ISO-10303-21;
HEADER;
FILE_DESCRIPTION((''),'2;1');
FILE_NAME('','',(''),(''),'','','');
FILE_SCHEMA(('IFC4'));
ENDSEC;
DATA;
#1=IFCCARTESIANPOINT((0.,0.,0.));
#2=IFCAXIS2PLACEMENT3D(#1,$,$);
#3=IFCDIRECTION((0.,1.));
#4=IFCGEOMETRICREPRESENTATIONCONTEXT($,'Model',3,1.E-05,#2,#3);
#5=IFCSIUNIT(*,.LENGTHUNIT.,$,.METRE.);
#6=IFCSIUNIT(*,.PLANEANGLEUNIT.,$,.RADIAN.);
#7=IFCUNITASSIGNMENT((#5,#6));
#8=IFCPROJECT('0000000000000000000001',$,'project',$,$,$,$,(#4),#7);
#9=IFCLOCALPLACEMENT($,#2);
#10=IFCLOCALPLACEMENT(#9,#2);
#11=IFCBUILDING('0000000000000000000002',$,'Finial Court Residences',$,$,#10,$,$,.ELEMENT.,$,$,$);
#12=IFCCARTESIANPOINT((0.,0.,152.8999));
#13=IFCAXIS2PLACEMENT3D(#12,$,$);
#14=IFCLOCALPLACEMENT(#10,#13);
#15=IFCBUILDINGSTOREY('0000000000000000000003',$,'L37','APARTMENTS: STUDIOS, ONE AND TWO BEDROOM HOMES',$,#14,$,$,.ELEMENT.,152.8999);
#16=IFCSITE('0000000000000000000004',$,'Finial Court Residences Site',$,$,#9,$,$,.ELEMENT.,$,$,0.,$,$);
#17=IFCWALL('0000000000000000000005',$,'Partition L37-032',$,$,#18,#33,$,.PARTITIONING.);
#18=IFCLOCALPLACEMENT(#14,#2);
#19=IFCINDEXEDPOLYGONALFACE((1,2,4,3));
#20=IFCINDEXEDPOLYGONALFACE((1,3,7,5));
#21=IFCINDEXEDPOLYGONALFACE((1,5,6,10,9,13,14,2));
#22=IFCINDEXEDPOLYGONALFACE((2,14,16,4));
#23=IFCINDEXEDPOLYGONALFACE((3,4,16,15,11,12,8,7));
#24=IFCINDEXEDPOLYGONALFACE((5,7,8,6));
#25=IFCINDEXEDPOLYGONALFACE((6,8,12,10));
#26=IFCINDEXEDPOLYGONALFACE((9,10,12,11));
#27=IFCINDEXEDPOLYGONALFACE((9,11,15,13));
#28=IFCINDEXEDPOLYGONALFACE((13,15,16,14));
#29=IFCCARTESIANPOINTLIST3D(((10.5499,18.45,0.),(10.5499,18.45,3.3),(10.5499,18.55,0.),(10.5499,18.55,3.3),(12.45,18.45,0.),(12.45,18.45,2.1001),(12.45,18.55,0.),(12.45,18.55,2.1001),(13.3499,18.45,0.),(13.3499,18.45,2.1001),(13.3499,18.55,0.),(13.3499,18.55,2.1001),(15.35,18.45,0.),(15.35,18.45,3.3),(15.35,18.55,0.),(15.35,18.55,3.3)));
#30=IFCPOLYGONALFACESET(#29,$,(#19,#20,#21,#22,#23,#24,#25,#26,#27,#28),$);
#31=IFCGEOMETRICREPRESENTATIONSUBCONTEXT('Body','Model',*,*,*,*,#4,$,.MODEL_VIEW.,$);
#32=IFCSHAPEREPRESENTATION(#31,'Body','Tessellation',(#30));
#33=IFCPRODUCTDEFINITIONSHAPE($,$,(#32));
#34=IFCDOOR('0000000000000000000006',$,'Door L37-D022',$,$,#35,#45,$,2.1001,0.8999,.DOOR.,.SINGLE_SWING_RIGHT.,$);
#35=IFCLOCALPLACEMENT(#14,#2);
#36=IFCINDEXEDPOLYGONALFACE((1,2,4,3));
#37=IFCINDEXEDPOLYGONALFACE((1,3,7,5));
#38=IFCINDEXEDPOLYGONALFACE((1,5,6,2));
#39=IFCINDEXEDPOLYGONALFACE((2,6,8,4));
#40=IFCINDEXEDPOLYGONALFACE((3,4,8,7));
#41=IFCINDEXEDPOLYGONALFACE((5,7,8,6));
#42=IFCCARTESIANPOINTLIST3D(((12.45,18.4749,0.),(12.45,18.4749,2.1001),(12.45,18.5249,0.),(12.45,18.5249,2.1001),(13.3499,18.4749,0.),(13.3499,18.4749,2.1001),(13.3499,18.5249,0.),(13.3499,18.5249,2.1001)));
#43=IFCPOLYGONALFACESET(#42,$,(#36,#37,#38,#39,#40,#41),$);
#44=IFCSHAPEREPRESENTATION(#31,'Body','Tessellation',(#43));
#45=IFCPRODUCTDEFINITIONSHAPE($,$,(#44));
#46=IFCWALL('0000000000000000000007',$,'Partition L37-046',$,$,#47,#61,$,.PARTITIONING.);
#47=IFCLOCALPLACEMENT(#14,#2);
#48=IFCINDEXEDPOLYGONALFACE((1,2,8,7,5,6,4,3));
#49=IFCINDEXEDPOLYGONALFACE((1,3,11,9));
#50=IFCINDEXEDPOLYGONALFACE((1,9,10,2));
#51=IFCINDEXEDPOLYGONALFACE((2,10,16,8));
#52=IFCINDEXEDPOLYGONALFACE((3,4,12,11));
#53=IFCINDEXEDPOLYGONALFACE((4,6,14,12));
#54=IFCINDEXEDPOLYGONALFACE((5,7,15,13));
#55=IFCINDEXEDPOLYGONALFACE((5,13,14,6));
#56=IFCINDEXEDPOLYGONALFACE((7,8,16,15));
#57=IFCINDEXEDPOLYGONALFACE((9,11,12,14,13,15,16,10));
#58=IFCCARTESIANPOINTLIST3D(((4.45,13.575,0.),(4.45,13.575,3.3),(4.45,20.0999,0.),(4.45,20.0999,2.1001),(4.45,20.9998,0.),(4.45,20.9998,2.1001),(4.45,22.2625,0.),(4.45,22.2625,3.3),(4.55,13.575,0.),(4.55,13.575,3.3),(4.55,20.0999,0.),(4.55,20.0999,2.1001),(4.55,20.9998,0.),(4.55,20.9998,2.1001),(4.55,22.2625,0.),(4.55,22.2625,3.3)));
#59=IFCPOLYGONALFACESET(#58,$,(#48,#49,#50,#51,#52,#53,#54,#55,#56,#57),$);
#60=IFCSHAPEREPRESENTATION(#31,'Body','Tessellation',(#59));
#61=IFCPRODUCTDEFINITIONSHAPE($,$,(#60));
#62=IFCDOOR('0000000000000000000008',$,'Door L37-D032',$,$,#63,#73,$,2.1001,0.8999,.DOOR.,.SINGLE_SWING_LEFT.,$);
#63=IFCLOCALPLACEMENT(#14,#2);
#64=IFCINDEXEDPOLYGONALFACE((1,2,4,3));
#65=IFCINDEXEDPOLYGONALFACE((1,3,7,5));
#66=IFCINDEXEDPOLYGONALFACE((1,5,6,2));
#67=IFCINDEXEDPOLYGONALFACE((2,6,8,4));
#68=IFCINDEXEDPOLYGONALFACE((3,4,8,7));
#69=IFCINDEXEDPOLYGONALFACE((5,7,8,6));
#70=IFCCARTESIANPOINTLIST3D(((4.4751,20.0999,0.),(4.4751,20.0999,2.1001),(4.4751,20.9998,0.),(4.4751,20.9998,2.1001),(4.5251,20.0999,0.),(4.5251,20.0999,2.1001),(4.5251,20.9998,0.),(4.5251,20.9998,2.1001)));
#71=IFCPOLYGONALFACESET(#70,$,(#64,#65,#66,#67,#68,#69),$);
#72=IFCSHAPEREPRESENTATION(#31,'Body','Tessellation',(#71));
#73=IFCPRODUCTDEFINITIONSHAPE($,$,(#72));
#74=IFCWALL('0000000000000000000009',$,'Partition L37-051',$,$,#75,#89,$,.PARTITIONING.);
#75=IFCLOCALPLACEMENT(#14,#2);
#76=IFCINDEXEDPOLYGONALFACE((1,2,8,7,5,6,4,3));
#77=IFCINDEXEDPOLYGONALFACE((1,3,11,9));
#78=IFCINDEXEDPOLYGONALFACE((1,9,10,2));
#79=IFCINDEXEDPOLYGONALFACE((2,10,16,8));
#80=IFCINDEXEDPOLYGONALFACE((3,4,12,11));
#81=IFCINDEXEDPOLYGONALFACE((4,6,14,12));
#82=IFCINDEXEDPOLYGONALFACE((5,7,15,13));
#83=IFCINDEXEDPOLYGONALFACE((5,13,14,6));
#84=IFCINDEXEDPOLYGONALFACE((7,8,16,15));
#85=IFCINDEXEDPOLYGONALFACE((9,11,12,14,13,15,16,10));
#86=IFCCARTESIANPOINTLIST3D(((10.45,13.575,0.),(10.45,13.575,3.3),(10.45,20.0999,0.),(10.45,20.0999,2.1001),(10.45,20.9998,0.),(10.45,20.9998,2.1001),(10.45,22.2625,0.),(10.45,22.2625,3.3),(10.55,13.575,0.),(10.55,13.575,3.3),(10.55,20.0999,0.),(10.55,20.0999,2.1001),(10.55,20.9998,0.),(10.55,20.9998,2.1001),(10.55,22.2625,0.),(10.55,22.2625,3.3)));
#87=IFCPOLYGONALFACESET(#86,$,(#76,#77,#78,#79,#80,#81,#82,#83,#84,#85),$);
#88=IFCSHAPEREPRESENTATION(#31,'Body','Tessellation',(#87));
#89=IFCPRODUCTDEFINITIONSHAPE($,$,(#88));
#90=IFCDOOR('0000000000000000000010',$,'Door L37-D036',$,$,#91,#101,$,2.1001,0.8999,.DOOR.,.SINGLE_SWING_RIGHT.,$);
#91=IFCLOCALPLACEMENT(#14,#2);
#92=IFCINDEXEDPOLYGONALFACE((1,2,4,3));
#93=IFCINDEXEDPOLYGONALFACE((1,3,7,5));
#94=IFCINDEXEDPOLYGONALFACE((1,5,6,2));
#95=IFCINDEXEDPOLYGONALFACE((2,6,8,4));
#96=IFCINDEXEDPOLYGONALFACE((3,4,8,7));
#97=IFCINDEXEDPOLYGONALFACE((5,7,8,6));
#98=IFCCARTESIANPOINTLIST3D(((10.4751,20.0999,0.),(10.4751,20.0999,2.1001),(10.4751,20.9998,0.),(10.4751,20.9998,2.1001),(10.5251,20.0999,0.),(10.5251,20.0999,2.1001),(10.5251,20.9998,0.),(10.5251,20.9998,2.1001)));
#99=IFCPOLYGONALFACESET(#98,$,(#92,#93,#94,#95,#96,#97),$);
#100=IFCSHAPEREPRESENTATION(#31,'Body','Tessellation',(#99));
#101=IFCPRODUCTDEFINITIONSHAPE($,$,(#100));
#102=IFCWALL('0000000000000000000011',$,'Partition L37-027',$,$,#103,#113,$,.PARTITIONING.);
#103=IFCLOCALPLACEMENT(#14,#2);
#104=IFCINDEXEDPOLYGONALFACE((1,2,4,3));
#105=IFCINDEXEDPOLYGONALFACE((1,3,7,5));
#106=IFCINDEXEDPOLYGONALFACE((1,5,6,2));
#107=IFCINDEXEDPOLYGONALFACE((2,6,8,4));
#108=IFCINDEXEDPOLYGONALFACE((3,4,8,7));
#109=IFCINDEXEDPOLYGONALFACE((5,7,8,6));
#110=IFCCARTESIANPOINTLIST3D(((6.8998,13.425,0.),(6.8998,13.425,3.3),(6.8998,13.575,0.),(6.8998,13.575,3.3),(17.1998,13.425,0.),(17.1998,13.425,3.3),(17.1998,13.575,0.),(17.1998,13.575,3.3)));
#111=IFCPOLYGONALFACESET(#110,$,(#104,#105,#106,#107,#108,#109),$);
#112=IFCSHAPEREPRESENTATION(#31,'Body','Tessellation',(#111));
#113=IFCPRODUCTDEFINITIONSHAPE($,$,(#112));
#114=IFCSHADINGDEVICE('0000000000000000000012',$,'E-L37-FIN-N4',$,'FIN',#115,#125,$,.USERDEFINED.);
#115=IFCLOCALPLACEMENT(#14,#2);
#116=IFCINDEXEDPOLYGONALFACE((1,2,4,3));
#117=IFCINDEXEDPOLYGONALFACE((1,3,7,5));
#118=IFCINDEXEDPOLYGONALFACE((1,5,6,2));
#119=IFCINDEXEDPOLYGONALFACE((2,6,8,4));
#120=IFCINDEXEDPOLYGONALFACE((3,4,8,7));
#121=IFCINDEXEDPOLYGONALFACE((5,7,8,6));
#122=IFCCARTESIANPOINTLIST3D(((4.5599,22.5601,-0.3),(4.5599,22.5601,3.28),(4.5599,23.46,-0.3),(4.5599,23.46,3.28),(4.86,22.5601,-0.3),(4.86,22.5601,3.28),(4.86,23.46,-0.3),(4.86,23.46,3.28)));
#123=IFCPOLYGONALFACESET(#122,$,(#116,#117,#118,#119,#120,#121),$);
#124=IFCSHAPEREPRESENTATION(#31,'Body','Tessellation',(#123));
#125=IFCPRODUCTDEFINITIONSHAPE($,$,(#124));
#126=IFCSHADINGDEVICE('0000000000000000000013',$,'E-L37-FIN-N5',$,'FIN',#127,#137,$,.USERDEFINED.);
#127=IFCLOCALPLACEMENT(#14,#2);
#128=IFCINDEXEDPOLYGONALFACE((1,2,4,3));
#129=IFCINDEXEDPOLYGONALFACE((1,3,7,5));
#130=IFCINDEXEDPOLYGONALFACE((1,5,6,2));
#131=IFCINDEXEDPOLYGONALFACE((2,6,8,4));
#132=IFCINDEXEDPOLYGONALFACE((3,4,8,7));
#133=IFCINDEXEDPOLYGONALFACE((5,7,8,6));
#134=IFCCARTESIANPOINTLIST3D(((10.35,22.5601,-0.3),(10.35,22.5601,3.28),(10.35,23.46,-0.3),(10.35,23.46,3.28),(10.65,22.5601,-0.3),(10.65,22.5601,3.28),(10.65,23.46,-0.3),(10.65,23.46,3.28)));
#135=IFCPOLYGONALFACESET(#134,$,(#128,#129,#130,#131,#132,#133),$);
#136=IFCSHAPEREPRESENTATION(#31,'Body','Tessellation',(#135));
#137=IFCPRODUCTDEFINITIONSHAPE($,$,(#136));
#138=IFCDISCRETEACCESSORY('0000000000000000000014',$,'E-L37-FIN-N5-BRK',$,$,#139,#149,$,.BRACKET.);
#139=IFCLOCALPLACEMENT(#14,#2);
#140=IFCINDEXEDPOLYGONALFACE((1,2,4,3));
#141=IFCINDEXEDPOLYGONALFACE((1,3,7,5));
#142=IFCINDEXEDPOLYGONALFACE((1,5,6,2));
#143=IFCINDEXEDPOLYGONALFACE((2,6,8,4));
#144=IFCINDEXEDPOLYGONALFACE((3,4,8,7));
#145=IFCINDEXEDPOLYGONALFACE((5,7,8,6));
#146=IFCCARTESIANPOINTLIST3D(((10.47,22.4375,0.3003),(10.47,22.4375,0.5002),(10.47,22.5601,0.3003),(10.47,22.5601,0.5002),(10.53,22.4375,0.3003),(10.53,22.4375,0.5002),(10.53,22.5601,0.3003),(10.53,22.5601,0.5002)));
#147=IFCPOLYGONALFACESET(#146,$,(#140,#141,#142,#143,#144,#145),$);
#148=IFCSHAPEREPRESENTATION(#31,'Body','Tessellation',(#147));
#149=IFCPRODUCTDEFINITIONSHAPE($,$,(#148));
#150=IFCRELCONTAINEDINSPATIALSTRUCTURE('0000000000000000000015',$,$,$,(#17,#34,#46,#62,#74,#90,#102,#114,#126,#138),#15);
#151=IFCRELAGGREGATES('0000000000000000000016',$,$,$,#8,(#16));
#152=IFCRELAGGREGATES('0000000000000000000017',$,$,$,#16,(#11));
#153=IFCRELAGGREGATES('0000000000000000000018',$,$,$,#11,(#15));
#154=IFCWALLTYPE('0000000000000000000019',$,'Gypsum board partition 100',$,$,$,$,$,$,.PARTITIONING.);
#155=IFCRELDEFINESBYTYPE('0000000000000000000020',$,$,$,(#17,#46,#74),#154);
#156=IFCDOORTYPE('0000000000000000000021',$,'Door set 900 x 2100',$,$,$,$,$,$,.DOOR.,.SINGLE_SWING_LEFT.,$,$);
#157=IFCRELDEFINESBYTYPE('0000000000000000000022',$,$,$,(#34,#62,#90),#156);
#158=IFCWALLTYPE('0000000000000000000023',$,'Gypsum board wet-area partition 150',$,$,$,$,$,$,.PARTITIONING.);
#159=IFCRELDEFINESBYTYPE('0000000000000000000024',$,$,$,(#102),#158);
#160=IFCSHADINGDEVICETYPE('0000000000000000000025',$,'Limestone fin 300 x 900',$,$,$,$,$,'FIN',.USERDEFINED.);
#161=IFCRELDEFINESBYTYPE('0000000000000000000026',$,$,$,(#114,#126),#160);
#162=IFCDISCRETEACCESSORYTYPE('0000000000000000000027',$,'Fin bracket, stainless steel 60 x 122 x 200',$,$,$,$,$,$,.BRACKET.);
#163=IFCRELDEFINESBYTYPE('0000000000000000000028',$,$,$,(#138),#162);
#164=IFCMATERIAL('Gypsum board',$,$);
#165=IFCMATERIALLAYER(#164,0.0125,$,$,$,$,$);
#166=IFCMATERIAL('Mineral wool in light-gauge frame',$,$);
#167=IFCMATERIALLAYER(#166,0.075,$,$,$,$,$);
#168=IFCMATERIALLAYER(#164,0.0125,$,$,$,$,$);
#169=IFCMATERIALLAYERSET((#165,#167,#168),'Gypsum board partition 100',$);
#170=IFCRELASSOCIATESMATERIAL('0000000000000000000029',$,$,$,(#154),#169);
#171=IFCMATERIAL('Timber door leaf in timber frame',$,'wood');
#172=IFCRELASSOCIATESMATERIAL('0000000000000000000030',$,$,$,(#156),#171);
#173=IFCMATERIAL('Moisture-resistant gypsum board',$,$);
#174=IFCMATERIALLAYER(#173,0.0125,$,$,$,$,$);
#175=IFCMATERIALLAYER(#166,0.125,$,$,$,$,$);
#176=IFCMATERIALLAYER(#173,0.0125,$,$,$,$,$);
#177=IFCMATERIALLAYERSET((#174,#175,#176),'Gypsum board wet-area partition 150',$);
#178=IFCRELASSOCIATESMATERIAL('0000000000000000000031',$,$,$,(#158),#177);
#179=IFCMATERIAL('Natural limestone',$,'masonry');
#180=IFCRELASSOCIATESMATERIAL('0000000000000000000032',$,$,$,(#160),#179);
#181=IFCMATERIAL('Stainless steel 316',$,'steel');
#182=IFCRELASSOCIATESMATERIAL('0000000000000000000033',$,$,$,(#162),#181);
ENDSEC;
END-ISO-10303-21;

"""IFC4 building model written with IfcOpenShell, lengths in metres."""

from ifc_helpers import new_model, si_unit, direction, frame, frame_2d, origin, origin_2d, place, context, subcontext, project, spatial, rectangle, extrude, material, layer, layer_set, type_object, element, fill, save


model = new_model("IFC4")

# Units and contexts
model_context = context("Model", 3, precision=1e-05, world=origin(), true_north=direction((0.0, 1.0)))
body_context = subcontext(model_context, "Body", "Model", "MODEL_VIEW")
ifc_project = project(units=[si_unit("LENGTHUNIT", "METRE"), si_unit("PLANEANGLEUNIT", "RADIAN")], contexts=[model_context])

# Site, building, storey
site_placement = place(None, origin())
site = spatial("IfcSite", under=ifc_project, at=site_placement, Name="Finial Court Residences Site", CompositionType="ELEMENT", RefElevation=0.0)
building_placement = place(site_placement, origin())
building = spatial("IfcBuilding", under=site, at=building_placement, Name="Finial Court Residences", CompositionType="ELEMENT")
storey_placement = place(building_placement, frame((0.0, 0.0, 152.8999)))
storey = spatial("IfcBuildingStorey", under=building, at=storey_placement, Name="L37", Description="APARTMENTS: STUDIOS, ONE AND TWO BEDROOM HOMES", CompositionType="ELEMENT", Elevation=152.8999)

# Walls, openings, doors
ifc_material_1 = material(Name="Gypsum board")
ifc_layer_1 = layer(ifc_material_1, 0.0125)
ifc_material_2 = material(Name="Mineral wool in light-gauge frame")
ifc_layer_2 = layer(ifc_material_2, 0.075)
ifc_layer_3 = layer(ifc_material_1, 0.0125)
ifc_layer_set_1 = layer_set([ifc_layer_1, ifc_layer_2, ifc_layer_3], Name="Gypsum board partition 100")
wall_type_1 = type_object("IfcWallType", Name="Gypsum board partition 100", PredefinedType="PARTITIONING", material=ifc_layer_set_1)
wall_1_placement = place(storey_placement, frame((10.55, 18.5, 0.0), z_axis=(0.0, 0.0, 1.0), x_axis=(1.0, 0.0, 0.0)))
wall_1 = element("IfcWall", 1, at=wall_1_placement, inside=storey, type_object=wall_type_1, Name="Partition L37-032", PredefinedType="PARTITIONING", context=body_context, shape_type="SweptSolid", body=[
    extrude(rectangle(XDim=4.8, YDim=0.1001, at=frame_2d((2.3999, 0.0))), origin(), (0.0, 0.0, 1.0), 3.3),
])
opening_1_placement = place(wall_1_placement, frame((1.8999, 0.0, 0.0)))
opening_1 = element("IfcOpeningElement", 2, at=opening_1_placement, cuts=wall_1, PredefinedType="OPENING", context=body_context, shape_type="SweptSolid", body=[
    extrude(rectangle(XDim=0.8999, YDim=2.1001, at=frame_2d((0.45, 1.05))), frame((0.0, 0.0601, 0.0), z_axis=(0.0, -1.0, 0.0), x_axis=(1.0, 0.0, 0.0)), (0.0, 0.0, 1.0), 0.1201),
])
ifc_material_3 = material(Name="Timber door leaf in timber frame", Category="wood")
door_type = type_object("IfcDoorType", Name="Door set 900 x 2100", OperationType="SINGLE_SWING_LEFT", PredefinedType="DOOR", material=ifc_material_3)
door_1_placement = place(opening_1_placement, origin())
door_1 = element("IfcDoor", 3, at=door_1_placement, inside=storey, type_object=door_type, Name="Door L37-D022", OperationType="SINGLE_SWING_RIGHT", OverallHeight=2.1001, OverallWidth=0.8999, PredefinedType="DOOR", context=body_context, shape_type="SweptSolid", body=[
    extrude(rectangle(XDim=0.8999, YDim=2.1001, at=frame_2d((0.45, 1.05))), frame((0.0, 0.0249, 0.0), z_axis=(0.0, -1.0, 0.0), x_axis=(1.0, 0.0, 0.0)), (0.0, 0.0, 1.0), 0.05),
])
fill(opening_1, door_1)
wall_2_placement = place(storey_placement, frame((4.5, 13.575, 0.0), z_axis=(0.0, 0.0, 1.0), x_axis=(0.0, 1.0, 0.0)))
wall_2 = element("IfcWall", 4, at=wall_2_placement, inside=storey, type_object=wall_type_1, Name="Partition L37-046", PredefinedType="PARTITIONING", context=body_context, shape_type="SweptSolid", body=[
    extrude(rectangle(XDim=8.6875, YDim=0.1001, at=frame_2d((4.3438, 0.0))), origin(), (0.0, 0.0, 1.0), 3.3),
])
opening_2_placement = place(wall_2_placement, frame((6.5249, 0.0, 0.0)))
opening_2 = element("IfcOpeningElement", 5, at=opening_2_placement, cuts=wall_2, PredefinedType="OPENING", context=body_context, shape_type="SweptSolid", body=[
    extrude(rectangle(XDim=0.8999, YDim=2.1001, at=frame_2d((0.45, 1.05))), frame((0.0, 0.0601, 0.0), z_axis=(0.0, -1.0, 0.0), x_axis=(1.0, 0.0, 0.0)), (0.0, 0.0, 1.0), 0.1201),
])
door_2_placement = place(opening_2_placement, origin())
door_2 = element("IfcDoor", 6, at=door_2_placement, inside=storey, type_object=door_type, Name="Door L37-D032", OperationType="SINGLE_SWING_LEFT", OverallHeight=2.1001, OverallWidth=0.8999, PredefinedType="DOOR", context=body_context, shape_type="SweptSolid", body=[
    extrude(rectangle(XDim=0.8999, YDim=2.1001, at=frame_2d((0.45, 1.05))), frame((0.0, 0.0249, 0.0), z_axis=(0.0, -1.0, 0.0), x_axis=(1.0, 0.0, 0.0)), (0.0, 0.0, 1.0), 0.05),
])
fill(opening_2, door_2)
wall_3_placement = place(storey_placement, frame((10.5, 13.575, 0.0), z_axis=(0.0, 0.0, 1.0), x_axis=(0.0, 1.0, 0.0)))
wall_3 = element("IfcWall", 7, at=wall_3_placement, inside=storey, type_object=wall_type_1, Name="Partition L37-051", PredefinedType="PARTITIONING", context=body_context, shape_type="SweptSolid", body=[
    extrude(rectangle(XDim=8.6875, YDim=0.1001, at=frame_2d((4.3438, 0.0))), origin(), (0.0, 0.0, 1.0), 3.3),
])
opening_3_placement = place(wall_3_placement, frame((6.5249, 0.0, 0.0)))
opening_3 = element("IfcOpeningElement", 8, at=opening_3_placement, cuts=wall_3, PredefinedType="OPENING", context=body_context, shape_type="SweptSolid", body=[
    extrude(rectangle(XDim=0.8999, YDim=2.1001, at=frame_2d((0.45, 1.05))), frame((0.0, 0.0601, 0.0), z_axis=(0.0, -1.0, 0.0), x_axis=(1.0, 0.0, 0.0)), (0.0, 0.0, 1.0), 0.1201),
])
door_3_placement = place(opening_3_placement, origin())
door_3 = element("IfcDoor", 9, at=door_3_placement, inside=storey, type_object=door_type, Name="Door L37-D036", OperationType="SINGLE_SWING_RIGHT", OverallHeight=2.1001, OverallWidth=0.8999, PredefinedType="DOOR", context=body_context, shape_type="SweptSolid", body=[
    extrude(rectangle(XDim=0.8999, YDim=2.1001, at=frame_2d((0.45, 1.05))), frame((0.0, 0.0249, 0.0), z_axis=(0.0, -1.0, 0.0), x_axis=(1.0, 0.0, 0.0)), (0.0, 0.0, 1.0), 0.05),
])
fill(opening_3, door_3)

# Wall
ifc_material_4 = material(Name="Moisture-resistant gypsum board")
ifc_layer_4 = layer(ifc_material_4, 0.0125)
ifc_layer_5 = layer(ifc_material_2, 0.125)
ifc_layer_6 = layer(ifc_material_4, 0.0125)
ifc_layer_set_2 = layer_set([ifc_layer_4, ifc_layer_5, ifc_layer_6], Name="Gypsum board wet-area partition 150")
wall_type_2 = type_object("IfcWallType", Name="Gypsum board wet-area partition 150", PredefinedType="PARTITIONING", material=ifc_layer_set_2)
wall_4_placement = place(storey_placement, frame((6.8999, 13.5, 0.0), z_axis=(0.0, 0.0, 1.0), x_axis=(1.0, 0.0, 0.0)))
element("IfcWall", 10, at=wall_4_placement, inside=storey, type_object=wall_type_2, Name="Partition L37-027", PredefinedType="PARTITIONING", context=body_context, shape_type="SweptSolid", body=[
    extrude(rectangle(XDim=10.3, YDim=0.1499, at=frame_2d((5.1499, 0.0))), origin(), (0.0, 0.0, 1.0), 3.3),
])

# Shading devices
ifc_material_5 = material(Name="Natural limestone", Category="masonry")
shading_device_type = type_object("IfcShadingDeviceType", Name="Limestone fin 300 x 900", ElementType="FIN", PredefinedType="USERDEFINED", material=ifc_material_5)
for number, where, z_axis, x_axis, name in (
    (11, (4.71, 23.01, -0.3), (0.0, 0.0, 1.0), (1.0, 0.0, 0.0), "E-L37-FIN-N4"),
    (12, (10.5, 23.01, -0.3), (0.0, 0.0, 1.0), (1.0, 0.0, 0.0), "E-L37-FIN-N5"),
):
    element("IfcShadingDevice", number, at=place(storey_placement, frame(where, z_axis=z_axis, x_axis=x_axis)), inside=storey, type_object=shading_device_type, Name=name, ObjectType="FIN", PredefinedType="USERDEFINED", context=body_context, shape_type="SweptSolid", body=[
        extrude(rectangle(XDim=0.3, YDim=0.8999, at=origin_2d()), origin(), (0.0, 0.0, 1.0), 3.5801),
    ])

# Discrete accessory
ifc_material_6 = material(Name="Stainless steel 316", Category="steel")
discrete_accessory_type = type_object("IfcDiscreteAccessoryType", Name="Fin bracket, stainless steel 60 x 122 x 200", PredefinedType="BRACKET", material=ifc_material_6)
discrete_accessory_placement = place(storey_placement, frame((10.5, 22.4988, 0.3003), z_axis=(0.0, 0.0, 1.0), x_axis=(1.0, 0.0, 0.0)))
element("IfcDiscreteAccessory", 13, at=discrete_accessory_placement, inside=storey, type_object=discrete_accessory_type, Name="E-L37-FIN-N5-BRK", PredefinedType="BRACKET", context=body_context, shape_type="SweptSolid", body=[
    extrude(rectangle(XDim=0.0601, YDim=0.1226, at=origin_2d()), origin(), (0.0, 0.0, 1.0), 0.2),
])

save(model, "model.ifc")
